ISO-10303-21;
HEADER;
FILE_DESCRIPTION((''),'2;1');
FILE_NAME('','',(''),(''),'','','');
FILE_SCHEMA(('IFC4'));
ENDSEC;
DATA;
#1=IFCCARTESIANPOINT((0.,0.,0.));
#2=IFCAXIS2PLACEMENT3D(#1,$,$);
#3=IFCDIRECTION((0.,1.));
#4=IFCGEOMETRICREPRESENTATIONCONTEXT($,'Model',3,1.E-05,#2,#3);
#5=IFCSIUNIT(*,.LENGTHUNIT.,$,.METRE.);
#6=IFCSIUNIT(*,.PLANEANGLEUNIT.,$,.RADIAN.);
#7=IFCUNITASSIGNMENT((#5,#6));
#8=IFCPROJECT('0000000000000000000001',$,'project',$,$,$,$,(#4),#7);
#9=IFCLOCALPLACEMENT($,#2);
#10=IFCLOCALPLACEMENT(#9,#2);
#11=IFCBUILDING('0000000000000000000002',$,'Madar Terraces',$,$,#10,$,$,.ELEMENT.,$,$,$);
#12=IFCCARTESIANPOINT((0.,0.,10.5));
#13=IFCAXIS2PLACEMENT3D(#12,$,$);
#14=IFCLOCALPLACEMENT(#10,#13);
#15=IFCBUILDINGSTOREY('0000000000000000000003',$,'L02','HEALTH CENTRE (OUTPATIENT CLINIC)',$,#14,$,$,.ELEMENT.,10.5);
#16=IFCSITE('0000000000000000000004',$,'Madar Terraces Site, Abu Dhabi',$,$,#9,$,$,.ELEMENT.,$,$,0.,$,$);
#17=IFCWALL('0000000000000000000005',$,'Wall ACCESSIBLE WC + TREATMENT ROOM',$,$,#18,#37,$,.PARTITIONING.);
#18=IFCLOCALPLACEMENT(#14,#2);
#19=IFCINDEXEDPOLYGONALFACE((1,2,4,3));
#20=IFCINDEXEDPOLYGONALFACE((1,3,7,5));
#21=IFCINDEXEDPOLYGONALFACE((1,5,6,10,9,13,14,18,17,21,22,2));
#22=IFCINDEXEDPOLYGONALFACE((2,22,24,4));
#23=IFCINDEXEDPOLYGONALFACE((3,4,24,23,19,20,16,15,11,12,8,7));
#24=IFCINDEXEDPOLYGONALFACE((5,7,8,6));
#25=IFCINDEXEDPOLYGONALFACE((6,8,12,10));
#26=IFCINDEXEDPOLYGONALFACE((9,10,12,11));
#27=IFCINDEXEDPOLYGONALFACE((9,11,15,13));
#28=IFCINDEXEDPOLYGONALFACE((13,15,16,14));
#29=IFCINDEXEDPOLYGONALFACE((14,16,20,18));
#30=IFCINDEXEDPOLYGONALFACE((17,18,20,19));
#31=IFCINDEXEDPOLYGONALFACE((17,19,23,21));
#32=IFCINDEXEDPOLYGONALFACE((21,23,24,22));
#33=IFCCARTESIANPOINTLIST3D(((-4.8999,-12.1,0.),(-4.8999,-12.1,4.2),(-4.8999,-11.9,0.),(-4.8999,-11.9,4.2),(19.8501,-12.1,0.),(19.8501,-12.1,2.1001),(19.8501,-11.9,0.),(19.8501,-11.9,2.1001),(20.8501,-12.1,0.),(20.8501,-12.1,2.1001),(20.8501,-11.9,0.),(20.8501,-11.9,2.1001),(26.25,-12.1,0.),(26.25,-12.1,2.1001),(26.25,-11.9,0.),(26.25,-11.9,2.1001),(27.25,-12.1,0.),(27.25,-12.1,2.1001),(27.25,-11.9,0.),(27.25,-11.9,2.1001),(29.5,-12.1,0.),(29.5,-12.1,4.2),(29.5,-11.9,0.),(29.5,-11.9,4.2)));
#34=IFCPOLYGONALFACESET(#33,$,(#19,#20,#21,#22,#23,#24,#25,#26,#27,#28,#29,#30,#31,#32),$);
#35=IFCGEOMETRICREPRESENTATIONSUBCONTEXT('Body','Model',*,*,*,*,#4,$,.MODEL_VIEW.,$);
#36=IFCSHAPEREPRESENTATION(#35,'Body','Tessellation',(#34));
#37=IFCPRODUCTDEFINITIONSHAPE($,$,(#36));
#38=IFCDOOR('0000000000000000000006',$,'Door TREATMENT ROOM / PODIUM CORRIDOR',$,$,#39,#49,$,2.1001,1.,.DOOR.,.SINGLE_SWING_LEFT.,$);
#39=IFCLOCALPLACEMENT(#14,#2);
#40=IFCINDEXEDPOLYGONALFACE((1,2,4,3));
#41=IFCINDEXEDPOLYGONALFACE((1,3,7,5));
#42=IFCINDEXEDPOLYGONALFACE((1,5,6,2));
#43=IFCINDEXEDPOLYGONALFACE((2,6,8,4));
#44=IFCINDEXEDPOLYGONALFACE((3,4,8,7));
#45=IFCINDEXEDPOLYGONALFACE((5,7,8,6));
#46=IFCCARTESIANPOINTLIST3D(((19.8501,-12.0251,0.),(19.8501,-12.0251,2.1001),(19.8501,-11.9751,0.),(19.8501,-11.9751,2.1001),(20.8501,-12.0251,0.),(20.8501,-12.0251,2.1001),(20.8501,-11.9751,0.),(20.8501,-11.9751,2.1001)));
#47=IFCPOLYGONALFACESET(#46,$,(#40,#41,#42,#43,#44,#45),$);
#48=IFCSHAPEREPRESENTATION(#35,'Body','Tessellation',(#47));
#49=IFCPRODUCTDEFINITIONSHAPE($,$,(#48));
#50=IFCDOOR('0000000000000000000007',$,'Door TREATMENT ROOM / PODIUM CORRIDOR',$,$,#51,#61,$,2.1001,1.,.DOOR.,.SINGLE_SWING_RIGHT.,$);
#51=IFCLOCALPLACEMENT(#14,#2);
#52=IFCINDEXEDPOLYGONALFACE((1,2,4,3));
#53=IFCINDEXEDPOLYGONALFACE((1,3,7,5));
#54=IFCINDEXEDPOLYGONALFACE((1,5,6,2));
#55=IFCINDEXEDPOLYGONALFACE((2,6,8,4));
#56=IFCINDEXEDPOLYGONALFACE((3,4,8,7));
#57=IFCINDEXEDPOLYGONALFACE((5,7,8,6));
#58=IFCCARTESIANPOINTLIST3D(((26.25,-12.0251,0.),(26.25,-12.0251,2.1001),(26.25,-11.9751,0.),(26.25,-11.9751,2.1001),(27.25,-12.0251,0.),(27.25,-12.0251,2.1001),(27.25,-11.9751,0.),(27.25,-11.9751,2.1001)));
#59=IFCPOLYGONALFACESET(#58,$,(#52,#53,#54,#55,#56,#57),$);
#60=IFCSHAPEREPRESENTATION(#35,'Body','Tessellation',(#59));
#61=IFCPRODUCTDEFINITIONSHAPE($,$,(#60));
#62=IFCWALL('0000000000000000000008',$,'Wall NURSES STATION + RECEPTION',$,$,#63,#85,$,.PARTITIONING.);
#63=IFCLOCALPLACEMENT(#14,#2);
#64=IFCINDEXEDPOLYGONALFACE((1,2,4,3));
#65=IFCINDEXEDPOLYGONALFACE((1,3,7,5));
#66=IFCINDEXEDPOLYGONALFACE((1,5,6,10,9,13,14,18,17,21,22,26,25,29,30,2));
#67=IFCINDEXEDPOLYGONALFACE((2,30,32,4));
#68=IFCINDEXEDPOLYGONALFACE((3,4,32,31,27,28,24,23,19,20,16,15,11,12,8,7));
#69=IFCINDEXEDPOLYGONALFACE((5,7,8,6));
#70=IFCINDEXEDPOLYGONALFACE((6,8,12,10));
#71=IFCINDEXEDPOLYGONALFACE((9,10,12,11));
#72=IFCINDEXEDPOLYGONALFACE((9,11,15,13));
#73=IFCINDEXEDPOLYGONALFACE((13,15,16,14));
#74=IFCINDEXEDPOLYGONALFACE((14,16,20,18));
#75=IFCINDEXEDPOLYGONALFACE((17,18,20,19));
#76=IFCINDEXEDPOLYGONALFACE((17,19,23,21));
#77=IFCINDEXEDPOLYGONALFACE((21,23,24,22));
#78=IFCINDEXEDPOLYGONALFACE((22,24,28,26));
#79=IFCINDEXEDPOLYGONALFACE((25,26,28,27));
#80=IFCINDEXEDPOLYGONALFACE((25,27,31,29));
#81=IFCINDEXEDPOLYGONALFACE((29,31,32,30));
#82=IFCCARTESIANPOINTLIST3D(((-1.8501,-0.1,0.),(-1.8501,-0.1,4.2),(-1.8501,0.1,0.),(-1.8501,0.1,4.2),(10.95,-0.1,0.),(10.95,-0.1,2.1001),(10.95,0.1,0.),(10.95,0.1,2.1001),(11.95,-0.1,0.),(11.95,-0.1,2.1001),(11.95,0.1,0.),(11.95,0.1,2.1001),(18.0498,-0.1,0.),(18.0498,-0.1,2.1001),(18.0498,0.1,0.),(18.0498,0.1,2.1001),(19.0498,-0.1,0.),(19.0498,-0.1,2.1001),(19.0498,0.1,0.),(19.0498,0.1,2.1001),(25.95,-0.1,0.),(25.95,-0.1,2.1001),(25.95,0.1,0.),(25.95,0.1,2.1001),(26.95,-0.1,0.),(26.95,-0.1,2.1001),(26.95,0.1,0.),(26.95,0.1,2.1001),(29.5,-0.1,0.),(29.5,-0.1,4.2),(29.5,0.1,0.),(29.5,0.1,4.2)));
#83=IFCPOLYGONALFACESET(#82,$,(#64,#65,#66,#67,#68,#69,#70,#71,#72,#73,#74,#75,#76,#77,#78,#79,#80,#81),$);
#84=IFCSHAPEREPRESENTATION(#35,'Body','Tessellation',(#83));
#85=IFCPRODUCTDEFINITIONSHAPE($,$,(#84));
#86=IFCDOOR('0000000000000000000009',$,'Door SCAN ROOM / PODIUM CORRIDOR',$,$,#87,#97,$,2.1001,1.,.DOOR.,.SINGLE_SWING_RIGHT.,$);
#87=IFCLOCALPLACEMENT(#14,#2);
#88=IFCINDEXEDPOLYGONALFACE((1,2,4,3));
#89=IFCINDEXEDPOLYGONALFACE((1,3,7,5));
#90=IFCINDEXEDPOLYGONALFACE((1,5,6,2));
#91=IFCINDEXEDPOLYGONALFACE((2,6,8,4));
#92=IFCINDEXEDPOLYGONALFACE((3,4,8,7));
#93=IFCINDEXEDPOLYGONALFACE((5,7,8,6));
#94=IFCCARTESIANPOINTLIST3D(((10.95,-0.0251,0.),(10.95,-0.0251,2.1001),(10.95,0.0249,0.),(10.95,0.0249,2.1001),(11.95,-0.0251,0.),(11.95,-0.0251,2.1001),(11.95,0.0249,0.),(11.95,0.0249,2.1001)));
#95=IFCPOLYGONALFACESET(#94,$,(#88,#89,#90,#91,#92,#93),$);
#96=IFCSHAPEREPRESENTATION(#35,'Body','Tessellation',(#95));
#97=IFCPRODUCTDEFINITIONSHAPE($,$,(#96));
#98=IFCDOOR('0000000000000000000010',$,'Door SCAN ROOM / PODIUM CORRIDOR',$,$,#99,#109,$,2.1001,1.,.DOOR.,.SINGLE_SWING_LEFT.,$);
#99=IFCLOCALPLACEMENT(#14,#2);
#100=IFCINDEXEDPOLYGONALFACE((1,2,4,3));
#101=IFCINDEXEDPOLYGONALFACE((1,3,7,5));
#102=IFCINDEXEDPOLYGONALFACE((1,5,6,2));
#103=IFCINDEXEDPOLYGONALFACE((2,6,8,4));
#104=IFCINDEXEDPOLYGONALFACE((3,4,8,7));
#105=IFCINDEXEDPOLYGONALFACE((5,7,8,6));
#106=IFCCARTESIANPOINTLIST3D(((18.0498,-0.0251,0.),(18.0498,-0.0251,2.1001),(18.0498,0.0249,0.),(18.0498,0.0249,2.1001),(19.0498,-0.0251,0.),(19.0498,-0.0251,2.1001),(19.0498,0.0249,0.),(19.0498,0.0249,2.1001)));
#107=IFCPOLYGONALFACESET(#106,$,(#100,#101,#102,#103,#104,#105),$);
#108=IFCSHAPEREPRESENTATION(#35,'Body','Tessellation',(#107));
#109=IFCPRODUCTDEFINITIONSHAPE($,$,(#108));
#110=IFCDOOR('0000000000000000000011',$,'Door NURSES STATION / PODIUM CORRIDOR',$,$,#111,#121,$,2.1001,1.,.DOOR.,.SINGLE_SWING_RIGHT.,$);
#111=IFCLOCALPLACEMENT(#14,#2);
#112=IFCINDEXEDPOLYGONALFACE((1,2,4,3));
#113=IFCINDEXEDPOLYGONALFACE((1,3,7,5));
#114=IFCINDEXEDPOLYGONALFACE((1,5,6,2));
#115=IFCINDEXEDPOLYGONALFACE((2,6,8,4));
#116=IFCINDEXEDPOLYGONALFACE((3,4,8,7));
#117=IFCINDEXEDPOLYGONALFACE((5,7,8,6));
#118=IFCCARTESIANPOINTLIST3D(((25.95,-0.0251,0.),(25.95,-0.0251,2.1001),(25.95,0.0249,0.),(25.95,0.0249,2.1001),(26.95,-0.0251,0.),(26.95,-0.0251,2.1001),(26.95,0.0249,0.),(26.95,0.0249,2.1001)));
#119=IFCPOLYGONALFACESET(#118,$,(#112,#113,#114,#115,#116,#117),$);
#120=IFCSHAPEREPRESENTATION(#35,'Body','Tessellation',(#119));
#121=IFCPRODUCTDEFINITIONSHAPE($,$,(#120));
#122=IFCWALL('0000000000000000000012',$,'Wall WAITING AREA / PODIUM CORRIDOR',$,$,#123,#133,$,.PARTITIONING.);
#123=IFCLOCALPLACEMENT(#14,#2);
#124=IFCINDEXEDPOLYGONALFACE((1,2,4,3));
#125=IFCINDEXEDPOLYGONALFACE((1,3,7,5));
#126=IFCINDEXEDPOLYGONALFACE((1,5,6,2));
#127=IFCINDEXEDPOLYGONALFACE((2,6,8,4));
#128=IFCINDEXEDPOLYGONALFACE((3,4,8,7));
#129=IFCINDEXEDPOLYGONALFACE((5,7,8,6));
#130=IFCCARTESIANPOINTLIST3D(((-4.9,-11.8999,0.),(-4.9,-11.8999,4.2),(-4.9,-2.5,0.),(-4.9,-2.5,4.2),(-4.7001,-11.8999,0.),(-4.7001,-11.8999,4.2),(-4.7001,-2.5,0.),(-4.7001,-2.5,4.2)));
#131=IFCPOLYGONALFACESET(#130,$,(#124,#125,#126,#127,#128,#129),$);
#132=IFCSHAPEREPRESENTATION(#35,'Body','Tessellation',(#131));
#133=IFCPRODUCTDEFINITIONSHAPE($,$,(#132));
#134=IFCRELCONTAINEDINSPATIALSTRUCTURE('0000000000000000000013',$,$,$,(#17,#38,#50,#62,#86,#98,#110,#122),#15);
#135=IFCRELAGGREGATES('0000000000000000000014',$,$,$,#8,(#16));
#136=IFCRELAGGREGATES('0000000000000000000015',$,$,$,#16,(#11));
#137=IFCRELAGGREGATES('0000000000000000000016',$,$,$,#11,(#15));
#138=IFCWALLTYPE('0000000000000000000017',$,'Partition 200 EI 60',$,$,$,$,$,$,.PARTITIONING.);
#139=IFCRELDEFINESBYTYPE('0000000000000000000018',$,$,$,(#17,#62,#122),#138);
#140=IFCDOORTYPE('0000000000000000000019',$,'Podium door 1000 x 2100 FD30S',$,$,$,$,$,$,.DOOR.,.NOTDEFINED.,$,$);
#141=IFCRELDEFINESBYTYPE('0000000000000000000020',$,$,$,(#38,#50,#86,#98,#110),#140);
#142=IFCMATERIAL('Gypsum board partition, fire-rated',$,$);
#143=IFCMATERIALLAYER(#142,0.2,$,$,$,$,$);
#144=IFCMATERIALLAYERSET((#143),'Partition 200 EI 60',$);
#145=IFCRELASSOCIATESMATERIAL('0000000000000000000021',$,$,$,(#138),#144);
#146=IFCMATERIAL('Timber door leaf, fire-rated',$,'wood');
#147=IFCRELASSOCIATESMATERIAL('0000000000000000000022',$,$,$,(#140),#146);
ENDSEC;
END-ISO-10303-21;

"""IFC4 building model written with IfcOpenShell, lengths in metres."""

from ifc_helpers import new_model, si_unit, direction, frame, frame_2d, origin, place, context, subcontext, project, spatial, rectangle, extrude, material, layer, layer_set, type_object, element, fill, save


model = new_model("IFC4")

# Units and contexts
model_context = context("Model", 3, precision=1e-05, world=origin(), true_north=direction((0.0, 1.0)))
body_context = subcontext(model_context, "Body", "Model", "MODEL_VIEW")
ifc_project = project(units=[si_unit("LENGTHUNIT", "METRE"), si_unit("PLANEANGLEUNIT", "RADIAN")], contexts=[model_context])

# Site, building, storey
site_placement = place(None, origin())
site = spatial("IfcSite", under=ifc_project, at=site_placement, Name="Madar Terraces Site, Abu Dhabi", CompositionType="ELEMENT", RefElevation=0.0)
building_placement = place(site_placement, origin())
building = spatial("IfcBuilding", under=site, at=building_placement, Name="Madar Terraces", CompositionType="ELEMENT")
storey_placement = place(building_placement, frame((0.0, 0.0, 10.5)))
storey = spatial("IfcBuildingStorey", under=building, at=storey_placement, Name="L02", Description="HEALTH CENTRE (OUTPATIENT CLINIC)", CompositionType="ELEMENT", Elevation=10.5)

# Walls, openings, doors
ifc_material_1 = material(Name="Gypsum board partition, fire-rated")
ifc_layer_1 = layer(ifc_material_1, 0.2)
ifc_layer_set_1 = layer_set([ifc_layer_1], Name="Partition 200 EI 60")
wall_type = type_object("IfcWallType", Name="Partition 200 EI 60", PredefinedType="PARTITIONING", material=ifc_layer_set_1)
wall_1_placement = place(storey_placement, frame((-4.8999, -12.0, 0.0), z_axis=(0.0, 0.0, 1.0), x_axis=(1.0, 0.0, 0.0)))
wall_1 = element("IfcWall", 1, at=wall_1_placement, inside=storey, type_object=wall_type, Name="Wall ACCESSIBLE WC + TREATMENT ROOM", PredefinedType="PARTITIONING", context=body_context, shape_type="SweptSolid", body=[
    extrude(rectangle(XDim=34.3999, YDim=0.2, at=frame_2d((17.2, 0.0))), origin(), (0.0, 0.0, 1.0), 4.2),
])
opening_1_placement = place(wall_1_placement, frame((24.75, 0.0, 0.0)))
opening_1 = element("IfcOpeningElement", 2, at=opening_1_placement, cuts=wall_1, PredefinedType="OPENING", context=body_context, shape_type="SweptSolid", body=[
    extrude(rectangle(XDim=1.0, YDim=2.1001, at=frame_2d((0.5, 1.05))), frame((0.0, 0.1099, 0.0), z_axis=(0.0, -1.0, 0.0), x_axis=(1.0, 0.0, 0.0)), (0.0, 0.0, 1.0), 0.22),
])
opening_2_placement = place(wall_1_placement, frame((31.1499, 0.0, 0.0)))
opening_2 = element("IfcOpeningElement", 3, at=opening_2_placement, cuts=wall_1, PredefinedType="OPENING", context=body_context, shape_type="SweptSolid", body=[
    extrude(rectangle(XDim=1.0, YDim=2.1001, at=frame_2d((0.5, 1.05))), frame((0.0, 0.1099, 0.0), z_axis=(0.0, -1.0, 0.0), x_axis=(1.0, 0.0, 0.0)), (0.0, 0.0, 1.0), 0.22),
])
ifc_material_2 = material(Name="Timber door leaf, fire-rated", Category="wood")
door_type = type_object("IfcDoorType", Name="Podium door 1000 x 2100 FD30S", OperationType="NOTDEFINED", PredefinedType="DOOR", material=ifc_material_2)
door_1_placement = place(opening_1_placement, origin())
door_1 = element("IfcDoor", 4, at=door_1_placement, inside=storey, type_object=door_type, Name="Door TREATMENT ROOM / PODIUM CORRIDOR", OperationType="SINGLE_SWING_LEFT", OverallHeight=2.1001, OverallWidth=1.0, PredefinedType="DOOR", context=body_context, shape_type="SweptSolid", body=[
    extrude(rectangle(XDim=1.0, YDim=2.1001, at=frame_2d((0.5, 1.05))), frame((0.0, 0.0249, 0.0), z_axis=(0.0, -1.0, 0.0), x_axis=(1.0, 0.0, 0.0)), (0.0, 0.0, 1.0), 0.05),
])
fill(opening_1, door_1)
door_2_placement = place(opening_2_placement, origin())
door_2 = element("IfcDoor", 5, at=door_2_placement, inside=storey, type_object=door_type, Name="Door TREATMENT ROOM / PODIUM CORRIDOR", OperationType="SINGLE_SWING_RIGHT", OverallHeight=2.1001, OverallWidth=1.0, PredefinedType="DOOR", context=body_context, shape_type="SweptSolid", body=[
    extrude(rectangle(XDim=1.0, YDim=2.1001, at=frame_2d((0.5, 1.05))), frame((0.0, 0.0249, 0.0), z_axis=(0.0, -1.0, 0.0), x_axis=(1.0, 0.0, 0.0)), (0.0, 0.0, 1.0), 0.05),
])
fill(opening_2, door_2)
wall_2_placement = place(storey_placement, frame((-1.8501, 0.0, 0.0), z_axis=(0.0, 0.0, 1.0), x_axis=(1.0, 0.0, 0.0)))
wall_2 = element("IfcWall", 6, at=wall_2_placement, inside=storey, type_object=wall_type, Name="Wall NURSES STATION + RECEPTION", PredefinedType="PARTITIONING", context=body_context, shape_type="SweptSolid", body=[
    extrude(rectangle(XDim=31.3501, YDim=0.2, at=frame_2d((15.675, 0.0))), origin(), (0.0, 0.0, 1.0), 4.2),
])
opening_3_placement = place(wall_2_placement, frame((12.8, 0.0, 0.0)))
opening_3 = element("IfcOpeningElement", 7, at=opening_3_placement, cuts=wall_2, PredefinedType="OPENING", context=body_context, shape_type="SweptSolid", body=[
    extrude(rectangle(XDim=1.0, YDim=2.1001, at=frame_2d((0.5, 1.05))), frame((0.0, 0.1099, 0.0), z_axis=(0.0, -1.0, 0.0), x_axis=(1.0, 0.0, 0.0)), (0.0, 0.0, 1.0), 0.22),
])
opening_4_placement = place(wall_2_placement, frame((19.8999, 0.0, 0.0)))
opening_4 = element("IfcOpeningElement", 8, at=opening_4_placement, cuts=wall_2, PredefinedType="OPENING", context=body_context, shape_type="SweptSolid", body=[
    extrude(rectangle(XDim=1.0, YDim=2.1001, at=frame_2d((0.5, 1.05))), frame((0.0, 0.1099, 0.0), z_axis=(0.0, -1.0, 0.0), x_axis=(1.0, 0.0, 0.0)), (0.0, 0.0, 1.0), 0.22),
])
opening_5_placement = place(wall_2_placement, frame((27.8, 0.0, 0.0)))
opening_5 = element("IfcOpeningElement", 9, at=opening_5_placement, cuts=wall_2, PredefinedType="OPENING", context=body_context, shape_type="SweptSolid", body=[
    extrude(rectangle(XDim=1.0, YDim=2.1001, at=frame_2d((0.5, 1.05))), frame((0.0, 0.1099, 0.0), z_axis=(0.0, -1.0, 0.0), x_axis=(1.0, 0.0, 0.0)), (0.0, 0.0, 1.0), 0.22),
])
door_3_placement = place(opening_3_placement, origin())
door_3 = element("IfcDoor", 10, at=door_3_placement, inside=storey, type_object=door_type, Name="Door SCAN ROOM / PODIUM CORRIDOR", OperationType="SINGLE_SWING_RIGHT", OverallHeight=2.1001, OverallWidth=1.0, PredefinedType="DOOR", context=body_context, shape_type="SweptSolid", body=[
    extrude(rectangle(XDim=1.0, YDim=2.1001, at=frame_2d((0.5, 1.05))), frame((0.0, 0.0249, 0.0), z_axis=(0.0, -1.0, 0.0), x_axis=(1.0, 0.0, 0.0)), (0.0, 0.0, 1.0), 0.05),
])
fill(opening_3, door_3)
door_4_placement = place(opening_4_placement, origin())
door_4 = element("IfcDoor", 11, at=door_4_placement, inside=storey, type_object=door_type, Name="Door SCAN ROOM / PODIUM CORRIDOR", OperationType="SINGLE_SWING_LEFT", OverallHeight=2.1001, OverallWidth=1.0, PredefinedType="DOOR", context=body_context, shape_type="SweptSolid", body=[
    extrude(rectangle(XDim=1.0, YDim=2.1001, at=frame_2d((0.5, 1.05))), frame((0.0, 0.0249, 0.0), z_axis=(0.0, -1.0, 0.0), x_axis=(1.0, 0.0, 0.0)), (0.0, 0.0, 1.0), 0.05),
])
fill(opening_4, door_4)
door_5_placement = place(opening_5_placement, origin())
door_5 = element("IfcDoor", 12, at=door_5_placement, inside=storey, type_object=door_type, Name="Door NURSES STATION / PODIUM CORRIDOR", OperationType="SINGLE_SWING_RIGHT", OverallHeight=2.1001, OverallWidth=1.0, PredefinedType="DOOR", context=body_context, shape_type="SweptSolid", body=[
    extrude(rectangle(XDim=1.0, YDim=2.1001, at=frame_2d((0.5, 1.05))), frame((0.0, 0.0249, 0.0), z_axis=(0.0, -1.0, 0.0), x_axis=(1.0, 0.0, 0.0)), (0.0, 0.0, 1.0), 0.05),
])
fill(opening_5, door_5)

# Wall
wall_3_placement = place(storey_placement, frame((-4.8, -11.8999, 0.0), z_axis=(0.0, 0.0, 1.0), x_axis=(0.0, 1.0, 0.0)))
element("IfcWall", 13, at=wall_3_placement, inside=storey, type_object=wall_type, Name="Wall WAITING AREA / PODIUM CORRIDOR", PredefinedType="PARTITIONING", context=body_context, shape_type="SweptSolid", body=[
    extrude(rectangle(XDim=9.3999, YDim=0.2, at=frame_2d((4.7, 0.0))), origin(), (0.0, 0.0, 1.0), 4.2),
])

save(model, "model.ifc")
